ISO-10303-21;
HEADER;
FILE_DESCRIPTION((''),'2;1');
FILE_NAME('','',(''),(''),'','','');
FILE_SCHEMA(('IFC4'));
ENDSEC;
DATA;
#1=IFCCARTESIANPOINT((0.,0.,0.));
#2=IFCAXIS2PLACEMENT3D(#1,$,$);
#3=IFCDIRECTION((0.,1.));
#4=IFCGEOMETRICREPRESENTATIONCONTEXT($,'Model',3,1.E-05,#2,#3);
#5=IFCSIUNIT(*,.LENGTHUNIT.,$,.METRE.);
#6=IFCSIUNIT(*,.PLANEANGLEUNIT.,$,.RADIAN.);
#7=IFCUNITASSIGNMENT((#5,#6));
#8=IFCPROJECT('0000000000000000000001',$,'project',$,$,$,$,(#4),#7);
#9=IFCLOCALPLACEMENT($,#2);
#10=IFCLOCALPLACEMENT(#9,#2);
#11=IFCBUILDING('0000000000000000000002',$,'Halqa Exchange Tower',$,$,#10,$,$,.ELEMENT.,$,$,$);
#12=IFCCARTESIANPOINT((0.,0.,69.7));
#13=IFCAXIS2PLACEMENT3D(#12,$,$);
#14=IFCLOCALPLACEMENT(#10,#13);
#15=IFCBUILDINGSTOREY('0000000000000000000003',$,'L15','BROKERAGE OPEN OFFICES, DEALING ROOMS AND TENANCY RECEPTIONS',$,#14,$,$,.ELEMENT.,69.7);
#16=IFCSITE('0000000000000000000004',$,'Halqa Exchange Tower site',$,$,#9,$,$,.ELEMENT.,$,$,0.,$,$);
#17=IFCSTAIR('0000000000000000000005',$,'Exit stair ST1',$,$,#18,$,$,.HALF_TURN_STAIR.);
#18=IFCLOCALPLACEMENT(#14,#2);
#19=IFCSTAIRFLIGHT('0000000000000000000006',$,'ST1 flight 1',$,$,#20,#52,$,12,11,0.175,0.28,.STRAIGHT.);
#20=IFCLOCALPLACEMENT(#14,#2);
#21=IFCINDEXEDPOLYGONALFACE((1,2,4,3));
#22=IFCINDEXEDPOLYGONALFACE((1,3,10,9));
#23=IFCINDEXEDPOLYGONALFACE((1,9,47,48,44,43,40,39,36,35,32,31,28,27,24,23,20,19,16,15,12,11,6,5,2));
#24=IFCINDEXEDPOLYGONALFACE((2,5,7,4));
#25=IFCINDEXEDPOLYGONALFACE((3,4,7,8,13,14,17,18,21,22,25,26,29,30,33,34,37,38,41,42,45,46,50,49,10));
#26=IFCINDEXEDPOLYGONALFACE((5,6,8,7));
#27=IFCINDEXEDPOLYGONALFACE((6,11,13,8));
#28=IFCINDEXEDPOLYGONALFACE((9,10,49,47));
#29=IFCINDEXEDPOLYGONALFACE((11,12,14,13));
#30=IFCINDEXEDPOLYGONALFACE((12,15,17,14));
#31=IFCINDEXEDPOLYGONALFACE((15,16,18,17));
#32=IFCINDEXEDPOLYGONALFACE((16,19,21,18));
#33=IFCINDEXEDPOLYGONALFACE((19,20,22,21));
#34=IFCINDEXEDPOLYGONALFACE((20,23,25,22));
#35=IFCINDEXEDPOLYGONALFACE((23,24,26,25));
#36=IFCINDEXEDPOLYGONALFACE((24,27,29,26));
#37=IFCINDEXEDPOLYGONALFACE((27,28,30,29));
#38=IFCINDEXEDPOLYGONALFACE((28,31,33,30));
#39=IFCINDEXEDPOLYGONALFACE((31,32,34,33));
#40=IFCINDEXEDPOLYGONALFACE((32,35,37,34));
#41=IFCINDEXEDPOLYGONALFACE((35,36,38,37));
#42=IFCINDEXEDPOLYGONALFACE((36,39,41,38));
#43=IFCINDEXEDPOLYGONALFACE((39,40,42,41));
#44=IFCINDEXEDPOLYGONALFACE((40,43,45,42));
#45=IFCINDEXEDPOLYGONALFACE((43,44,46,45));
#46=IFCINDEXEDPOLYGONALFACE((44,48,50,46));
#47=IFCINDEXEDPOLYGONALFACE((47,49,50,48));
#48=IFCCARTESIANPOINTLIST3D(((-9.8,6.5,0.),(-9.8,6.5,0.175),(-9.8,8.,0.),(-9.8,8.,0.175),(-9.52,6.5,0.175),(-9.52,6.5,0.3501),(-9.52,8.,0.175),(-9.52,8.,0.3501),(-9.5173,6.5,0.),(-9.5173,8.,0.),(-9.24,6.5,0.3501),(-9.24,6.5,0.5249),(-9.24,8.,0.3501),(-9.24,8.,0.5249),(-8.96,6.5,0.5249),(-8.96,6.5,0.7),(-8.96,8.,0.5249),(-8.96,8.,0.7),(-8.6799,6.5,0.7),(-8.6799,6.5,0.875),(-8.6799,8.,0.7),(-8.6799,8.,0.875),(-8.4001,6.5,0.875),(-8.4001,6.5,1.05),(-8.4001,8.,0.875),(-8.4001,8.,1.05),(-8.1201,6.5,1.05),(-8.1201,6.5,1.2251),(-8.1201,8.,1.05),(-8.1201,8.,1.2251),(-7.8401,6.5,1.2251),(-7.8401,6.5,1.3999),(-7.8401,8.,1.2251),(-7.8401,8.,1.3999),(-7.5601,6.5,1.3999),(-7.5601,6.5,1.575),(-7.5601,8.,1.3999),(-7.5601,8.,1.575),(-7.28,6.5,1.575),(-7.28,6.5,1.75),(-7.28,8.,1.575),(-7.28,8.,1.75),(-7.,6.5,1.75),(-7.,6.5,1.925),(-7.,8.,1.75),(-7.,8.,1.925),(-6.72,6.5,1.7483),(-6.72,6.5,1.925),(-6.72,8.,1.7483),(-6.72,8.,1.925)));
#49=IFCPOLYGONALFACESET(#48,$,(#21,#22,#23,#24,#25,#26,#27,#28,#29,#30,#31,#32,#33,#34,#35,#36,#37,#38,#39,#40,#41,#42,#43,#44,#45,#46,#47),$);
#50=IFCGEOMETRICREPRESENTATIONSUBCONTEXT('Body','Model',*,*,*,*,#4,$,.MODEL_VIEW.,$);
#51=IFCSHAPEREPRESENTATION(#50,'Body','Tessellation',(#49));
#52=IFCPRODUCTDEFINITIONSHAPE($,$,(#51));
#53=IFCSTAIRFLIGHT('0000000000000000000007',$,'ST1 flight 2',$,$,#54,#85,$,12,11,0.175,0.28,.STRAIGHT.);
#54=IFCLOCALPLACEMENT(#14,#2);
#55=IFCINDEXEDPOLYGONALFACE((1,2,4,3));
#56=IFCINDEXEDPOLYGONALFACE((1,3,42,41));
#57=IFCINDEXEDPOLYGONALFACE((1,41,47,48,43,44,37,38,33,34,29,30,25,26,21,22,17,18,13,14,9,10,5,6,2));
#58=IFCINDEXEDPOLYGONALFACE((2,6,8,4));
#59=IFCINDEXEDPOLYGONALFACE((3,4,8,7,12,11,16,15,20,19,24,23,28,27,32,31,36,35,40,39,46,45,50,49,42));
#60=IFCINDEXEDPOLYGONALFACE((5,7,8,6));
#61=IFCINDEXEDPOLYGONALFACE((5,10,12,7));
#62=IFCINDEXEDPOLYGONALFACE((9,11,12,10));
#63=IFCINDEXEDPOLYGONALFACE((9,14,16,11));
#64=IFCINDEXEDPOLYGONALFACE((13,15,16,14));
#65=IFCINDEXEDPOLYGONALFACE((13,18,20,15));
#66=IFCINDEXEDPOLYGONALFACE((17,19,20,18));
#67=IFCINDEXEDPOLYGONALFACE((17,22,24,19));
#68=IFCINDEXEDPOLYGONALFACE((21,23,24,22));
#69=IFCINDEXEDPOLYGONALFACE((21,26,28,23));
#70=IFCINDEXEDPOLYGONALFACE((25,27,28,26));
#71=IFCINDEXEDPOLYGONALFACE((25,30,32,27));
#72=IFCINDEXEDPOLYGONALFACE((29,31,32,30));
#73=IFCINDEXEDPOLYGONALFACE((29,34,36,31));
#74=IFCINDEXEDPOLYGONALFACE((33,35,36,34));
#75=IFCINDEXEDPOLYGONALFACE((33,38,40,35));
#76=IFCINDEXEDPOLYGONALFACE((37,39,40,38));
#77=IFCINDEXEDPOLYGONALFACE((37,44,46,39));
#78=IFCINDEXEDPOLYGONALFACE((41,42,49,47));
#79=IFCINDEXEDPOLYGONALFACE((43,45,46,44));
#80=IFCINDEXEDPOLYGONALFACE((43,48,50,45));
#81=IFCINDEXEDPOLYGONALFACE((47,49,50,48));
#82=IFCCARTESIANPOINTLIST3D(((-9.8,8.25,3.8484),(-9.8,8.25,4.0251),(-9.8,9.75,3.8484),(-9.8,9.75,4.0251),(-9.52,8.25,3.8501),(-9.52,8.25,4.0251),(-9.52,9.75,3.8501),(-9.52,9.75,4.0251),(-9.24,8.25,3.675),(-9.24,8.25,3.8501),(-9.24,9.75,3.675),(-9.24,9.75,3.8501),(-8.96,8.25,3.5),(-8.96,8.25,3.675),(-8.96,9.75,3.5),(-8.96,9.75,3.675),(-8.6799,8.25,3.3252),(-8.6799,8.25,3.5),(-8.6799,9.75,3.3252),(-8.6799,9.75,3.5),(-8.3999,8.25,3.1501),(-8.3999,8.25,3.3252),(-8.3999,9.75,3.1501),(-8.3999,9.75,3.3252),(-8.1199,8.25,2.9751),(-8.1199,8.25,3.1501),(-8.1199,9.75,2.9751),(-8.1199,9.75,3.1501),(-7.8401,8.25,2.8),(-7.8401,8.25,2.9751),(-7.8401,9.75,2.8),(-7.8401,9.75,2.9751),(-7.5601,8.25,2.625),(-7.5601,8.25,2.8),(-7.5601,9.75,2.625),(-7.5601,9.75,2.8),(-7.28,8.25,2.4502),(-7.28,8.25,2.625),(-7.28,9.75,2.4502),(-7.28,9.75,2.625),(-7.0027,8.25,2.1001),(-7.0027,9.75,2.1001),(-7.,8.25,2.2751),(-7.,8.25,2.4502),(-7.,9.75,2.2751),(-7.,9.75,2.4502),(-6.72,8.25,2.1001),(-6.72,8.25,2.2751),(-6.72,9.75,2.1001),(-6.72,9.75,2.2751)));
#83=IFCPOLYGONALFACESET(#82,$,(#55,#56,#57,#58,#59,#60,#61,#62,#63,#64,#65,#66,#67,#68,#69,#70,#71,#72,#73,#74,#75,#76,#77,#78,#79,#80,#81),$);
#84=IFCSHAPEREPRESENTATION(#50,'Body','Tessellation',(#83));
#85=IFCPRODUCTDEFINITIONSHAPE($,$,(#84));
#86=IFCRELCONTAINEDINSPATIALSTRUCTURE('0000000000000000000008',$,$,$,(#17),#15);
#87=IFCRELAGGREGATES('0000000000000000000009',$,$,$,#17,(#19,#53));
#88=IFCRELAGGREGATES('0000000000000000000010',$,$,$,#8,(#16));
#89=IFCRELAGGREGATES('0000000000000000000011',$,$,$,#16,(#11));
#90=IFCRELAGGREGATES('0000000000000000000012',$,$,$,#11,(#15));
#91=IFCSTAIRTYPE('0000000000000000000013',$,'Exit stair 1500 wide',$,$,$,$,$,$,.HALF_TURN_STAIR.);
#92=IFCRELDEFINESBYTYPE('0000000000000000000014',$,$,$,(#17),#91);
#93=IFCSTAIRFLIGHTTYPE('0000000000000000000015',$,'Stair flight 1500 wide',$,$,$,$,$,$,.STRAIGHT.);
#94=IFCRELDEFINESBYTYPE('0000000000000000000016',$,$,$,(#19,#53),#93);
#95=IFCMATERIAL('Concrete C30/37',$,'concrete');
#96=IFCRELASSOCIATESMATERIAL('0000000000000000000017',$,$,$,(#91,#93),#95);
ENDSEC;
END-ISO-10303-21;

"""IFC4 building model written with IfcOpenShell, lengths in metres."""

from ifc_helpers import new_model, si_unit, direction, frame, origin, place, context, subcontext, project, spatial, polyline, outline, extrude, material, type_object, element, aggregate, save


model = new_model("IFC4")

# Units and contexts
model_context = context("Model", 3, precision=1e-05, world=origin(), true_north=direction((0.0, 1.0)))
body_context = subcontext(model_context, "Body", "Model", "MODEL_VIEW")
ifc_project = project(units=[si_unit("LENGTHUNIT", "METRE"), si_unit("PLANEANGLEUNIT", "RADIAN")], contexts=[model_context])

# Site, building, storey
site_placement = place(None, origin())
site = spatial("IfcSite", under=ifc_project, at=site_placement, Name="Halqa Exchange Tower site", CompositionType="ELEMENT", RefElevation=0.0)
building_placement = place(site_placement, origin())
building = spatial("IfcBuilding", under=site, at=building_placement, Name="Halqa Exchange Tower", CompositionType="ELEMENT")
storey_placement = place(building_placement, frame((0.0, 0.0, 69.7)))
storey = spatial("IfcBuildingStorey", under=building, at=storey_placement, Name="L15", Description="BROKERAGE OPEN OFFICES, DEALING ROOMS AND TENANCY RECEPTIONS", CompositionType="ELEMENT", Elevation=69.7)

# Shared definitions
ifc_material_1 = material(Name="Concrete C30/37", Category="concrete")

# Stair, stair flights
stair_type = type_object("IfcStairType", Name="Exit stair 1500 wide", PredefinedType="HALF_TURN_STAIR", material=ifc_material_1)
stair_placement = place(storey_placement, origin())
stair = element("IfcStair", 1, at=stair_placement, inside=storey, type_object=stair_type, Name="Exit stair ST1", PredefinedType="HALF_TURN_STAIR")
stair_flight_type = type_object("IfcStairFlightType", Name="Stair flight 1500 wide", PredefinedType="STRAIGHT", material=ifc_material_1)
stair_flight_1_placement = place(storey_placement, frame((-9.8, 7.25, 0.0), z_axis=(0.0, 0.0, 1.0), x_axis=(1.0, 0.0, 0.0)))
stair_flight_1 = element("IfcStairFlight", 2, at=stair_flight_1_placement, type_object=stair_flight_type, Name="ST1 flight 1", NumberOfRisers=12, NumberOfTreads=11, PredefinedType="STRAIGHT", RiserHeight=0.175, TreadLength=0.28, context=body_context, shape_type="SweptSolid", body=[
    extrude(outline(polyline([(0.0, 0.0), (0.0, 0.175), (0.28, 0.175), (0.28, 0.3501), (0.5601, 0.3501), (0.5601, 0.5249), (0.8401, 0.5249), (0.8401, 0.7), (1.1201, 0.7), (1.1201, 0.875), (1.3999, 0.875), (1.3999, 1.05), (1.6799, 1.05), (1.6799, 1.2251), (1.96, 1.2251), (1.96, 1.3999), (2.24, 1.3999), (2.24, 1.575), (2.52, 1.575), (2.52, 1.75), (2.8, 1.75), (2.8, 1.925), (3.0801, 1.925), (3.0801, 2.1001), (3.0801, 1.7483), (0.2827, 0.0), (0.0, 0.0)])), frame((0.0, 0.75, 0.0), z_axis=(0.0, -1.0, 0.0), x_axis=(1.0, 0.0, 0.0)), (0.0, 0.0, 1.0), 1.5),
])
stair_flight_2_placement = place(storey_placement, frame((-6.72, 9.0, 2.1001), z_axis=(0.0, 0.0, 1.0), x_axis=(-1.0, 0.0, 0.0)))
stair_flight_2 = element("IfcStairFlight", 3, at=stair_flight_2_placement, type_object=stair_flight_type, Name="ST1 flight 2", NumberOfRisers=12, NumberOfTreads=11, PredefinedType="STRAIGHT", RiserHeight=0.175, TreadLength=0.28, context=body_context, shape_type="SweptSolid", body=[
    extrude(outline(polyline([(0.0, 0.0), (0.0, 0.175), (0.28, 0.175), (0.28, 0.3501), (0.5601, 0.3501), (0.5601, 0.5249), (0.8401, 0.5249), (0.8401, 0.7), (1.1201, 0.7), (1.1201, 0.875), (1.3999, 0.875), (1.3999, 1.05), (1.6799, 1.05), (1.6799, 1.2251), (1.96, 1.2251), (1.96, 1.3999), (2.24, 1.3999), (2.24, 1.575), (2.52, 1.575), (2.52, 1.75), (2.8, 1.75), (2.8, 1.925), (3.0801, 1.925), (3.0801, 2.1001), (3.0801, 1.7483), (0.2827, 0.0), (0.0, 0.0)])), frame((0.0, 0.75, 0.0), z_axis=(0.0, -1.0, 0.0), x_axis=(1.0, 0.0, 0.0)), (0.0, 0.0, 1.0), 1.5),
])
aggregate(stair, [stair_flight_1, stair_flight_2])

save(model, "model.ifc")
